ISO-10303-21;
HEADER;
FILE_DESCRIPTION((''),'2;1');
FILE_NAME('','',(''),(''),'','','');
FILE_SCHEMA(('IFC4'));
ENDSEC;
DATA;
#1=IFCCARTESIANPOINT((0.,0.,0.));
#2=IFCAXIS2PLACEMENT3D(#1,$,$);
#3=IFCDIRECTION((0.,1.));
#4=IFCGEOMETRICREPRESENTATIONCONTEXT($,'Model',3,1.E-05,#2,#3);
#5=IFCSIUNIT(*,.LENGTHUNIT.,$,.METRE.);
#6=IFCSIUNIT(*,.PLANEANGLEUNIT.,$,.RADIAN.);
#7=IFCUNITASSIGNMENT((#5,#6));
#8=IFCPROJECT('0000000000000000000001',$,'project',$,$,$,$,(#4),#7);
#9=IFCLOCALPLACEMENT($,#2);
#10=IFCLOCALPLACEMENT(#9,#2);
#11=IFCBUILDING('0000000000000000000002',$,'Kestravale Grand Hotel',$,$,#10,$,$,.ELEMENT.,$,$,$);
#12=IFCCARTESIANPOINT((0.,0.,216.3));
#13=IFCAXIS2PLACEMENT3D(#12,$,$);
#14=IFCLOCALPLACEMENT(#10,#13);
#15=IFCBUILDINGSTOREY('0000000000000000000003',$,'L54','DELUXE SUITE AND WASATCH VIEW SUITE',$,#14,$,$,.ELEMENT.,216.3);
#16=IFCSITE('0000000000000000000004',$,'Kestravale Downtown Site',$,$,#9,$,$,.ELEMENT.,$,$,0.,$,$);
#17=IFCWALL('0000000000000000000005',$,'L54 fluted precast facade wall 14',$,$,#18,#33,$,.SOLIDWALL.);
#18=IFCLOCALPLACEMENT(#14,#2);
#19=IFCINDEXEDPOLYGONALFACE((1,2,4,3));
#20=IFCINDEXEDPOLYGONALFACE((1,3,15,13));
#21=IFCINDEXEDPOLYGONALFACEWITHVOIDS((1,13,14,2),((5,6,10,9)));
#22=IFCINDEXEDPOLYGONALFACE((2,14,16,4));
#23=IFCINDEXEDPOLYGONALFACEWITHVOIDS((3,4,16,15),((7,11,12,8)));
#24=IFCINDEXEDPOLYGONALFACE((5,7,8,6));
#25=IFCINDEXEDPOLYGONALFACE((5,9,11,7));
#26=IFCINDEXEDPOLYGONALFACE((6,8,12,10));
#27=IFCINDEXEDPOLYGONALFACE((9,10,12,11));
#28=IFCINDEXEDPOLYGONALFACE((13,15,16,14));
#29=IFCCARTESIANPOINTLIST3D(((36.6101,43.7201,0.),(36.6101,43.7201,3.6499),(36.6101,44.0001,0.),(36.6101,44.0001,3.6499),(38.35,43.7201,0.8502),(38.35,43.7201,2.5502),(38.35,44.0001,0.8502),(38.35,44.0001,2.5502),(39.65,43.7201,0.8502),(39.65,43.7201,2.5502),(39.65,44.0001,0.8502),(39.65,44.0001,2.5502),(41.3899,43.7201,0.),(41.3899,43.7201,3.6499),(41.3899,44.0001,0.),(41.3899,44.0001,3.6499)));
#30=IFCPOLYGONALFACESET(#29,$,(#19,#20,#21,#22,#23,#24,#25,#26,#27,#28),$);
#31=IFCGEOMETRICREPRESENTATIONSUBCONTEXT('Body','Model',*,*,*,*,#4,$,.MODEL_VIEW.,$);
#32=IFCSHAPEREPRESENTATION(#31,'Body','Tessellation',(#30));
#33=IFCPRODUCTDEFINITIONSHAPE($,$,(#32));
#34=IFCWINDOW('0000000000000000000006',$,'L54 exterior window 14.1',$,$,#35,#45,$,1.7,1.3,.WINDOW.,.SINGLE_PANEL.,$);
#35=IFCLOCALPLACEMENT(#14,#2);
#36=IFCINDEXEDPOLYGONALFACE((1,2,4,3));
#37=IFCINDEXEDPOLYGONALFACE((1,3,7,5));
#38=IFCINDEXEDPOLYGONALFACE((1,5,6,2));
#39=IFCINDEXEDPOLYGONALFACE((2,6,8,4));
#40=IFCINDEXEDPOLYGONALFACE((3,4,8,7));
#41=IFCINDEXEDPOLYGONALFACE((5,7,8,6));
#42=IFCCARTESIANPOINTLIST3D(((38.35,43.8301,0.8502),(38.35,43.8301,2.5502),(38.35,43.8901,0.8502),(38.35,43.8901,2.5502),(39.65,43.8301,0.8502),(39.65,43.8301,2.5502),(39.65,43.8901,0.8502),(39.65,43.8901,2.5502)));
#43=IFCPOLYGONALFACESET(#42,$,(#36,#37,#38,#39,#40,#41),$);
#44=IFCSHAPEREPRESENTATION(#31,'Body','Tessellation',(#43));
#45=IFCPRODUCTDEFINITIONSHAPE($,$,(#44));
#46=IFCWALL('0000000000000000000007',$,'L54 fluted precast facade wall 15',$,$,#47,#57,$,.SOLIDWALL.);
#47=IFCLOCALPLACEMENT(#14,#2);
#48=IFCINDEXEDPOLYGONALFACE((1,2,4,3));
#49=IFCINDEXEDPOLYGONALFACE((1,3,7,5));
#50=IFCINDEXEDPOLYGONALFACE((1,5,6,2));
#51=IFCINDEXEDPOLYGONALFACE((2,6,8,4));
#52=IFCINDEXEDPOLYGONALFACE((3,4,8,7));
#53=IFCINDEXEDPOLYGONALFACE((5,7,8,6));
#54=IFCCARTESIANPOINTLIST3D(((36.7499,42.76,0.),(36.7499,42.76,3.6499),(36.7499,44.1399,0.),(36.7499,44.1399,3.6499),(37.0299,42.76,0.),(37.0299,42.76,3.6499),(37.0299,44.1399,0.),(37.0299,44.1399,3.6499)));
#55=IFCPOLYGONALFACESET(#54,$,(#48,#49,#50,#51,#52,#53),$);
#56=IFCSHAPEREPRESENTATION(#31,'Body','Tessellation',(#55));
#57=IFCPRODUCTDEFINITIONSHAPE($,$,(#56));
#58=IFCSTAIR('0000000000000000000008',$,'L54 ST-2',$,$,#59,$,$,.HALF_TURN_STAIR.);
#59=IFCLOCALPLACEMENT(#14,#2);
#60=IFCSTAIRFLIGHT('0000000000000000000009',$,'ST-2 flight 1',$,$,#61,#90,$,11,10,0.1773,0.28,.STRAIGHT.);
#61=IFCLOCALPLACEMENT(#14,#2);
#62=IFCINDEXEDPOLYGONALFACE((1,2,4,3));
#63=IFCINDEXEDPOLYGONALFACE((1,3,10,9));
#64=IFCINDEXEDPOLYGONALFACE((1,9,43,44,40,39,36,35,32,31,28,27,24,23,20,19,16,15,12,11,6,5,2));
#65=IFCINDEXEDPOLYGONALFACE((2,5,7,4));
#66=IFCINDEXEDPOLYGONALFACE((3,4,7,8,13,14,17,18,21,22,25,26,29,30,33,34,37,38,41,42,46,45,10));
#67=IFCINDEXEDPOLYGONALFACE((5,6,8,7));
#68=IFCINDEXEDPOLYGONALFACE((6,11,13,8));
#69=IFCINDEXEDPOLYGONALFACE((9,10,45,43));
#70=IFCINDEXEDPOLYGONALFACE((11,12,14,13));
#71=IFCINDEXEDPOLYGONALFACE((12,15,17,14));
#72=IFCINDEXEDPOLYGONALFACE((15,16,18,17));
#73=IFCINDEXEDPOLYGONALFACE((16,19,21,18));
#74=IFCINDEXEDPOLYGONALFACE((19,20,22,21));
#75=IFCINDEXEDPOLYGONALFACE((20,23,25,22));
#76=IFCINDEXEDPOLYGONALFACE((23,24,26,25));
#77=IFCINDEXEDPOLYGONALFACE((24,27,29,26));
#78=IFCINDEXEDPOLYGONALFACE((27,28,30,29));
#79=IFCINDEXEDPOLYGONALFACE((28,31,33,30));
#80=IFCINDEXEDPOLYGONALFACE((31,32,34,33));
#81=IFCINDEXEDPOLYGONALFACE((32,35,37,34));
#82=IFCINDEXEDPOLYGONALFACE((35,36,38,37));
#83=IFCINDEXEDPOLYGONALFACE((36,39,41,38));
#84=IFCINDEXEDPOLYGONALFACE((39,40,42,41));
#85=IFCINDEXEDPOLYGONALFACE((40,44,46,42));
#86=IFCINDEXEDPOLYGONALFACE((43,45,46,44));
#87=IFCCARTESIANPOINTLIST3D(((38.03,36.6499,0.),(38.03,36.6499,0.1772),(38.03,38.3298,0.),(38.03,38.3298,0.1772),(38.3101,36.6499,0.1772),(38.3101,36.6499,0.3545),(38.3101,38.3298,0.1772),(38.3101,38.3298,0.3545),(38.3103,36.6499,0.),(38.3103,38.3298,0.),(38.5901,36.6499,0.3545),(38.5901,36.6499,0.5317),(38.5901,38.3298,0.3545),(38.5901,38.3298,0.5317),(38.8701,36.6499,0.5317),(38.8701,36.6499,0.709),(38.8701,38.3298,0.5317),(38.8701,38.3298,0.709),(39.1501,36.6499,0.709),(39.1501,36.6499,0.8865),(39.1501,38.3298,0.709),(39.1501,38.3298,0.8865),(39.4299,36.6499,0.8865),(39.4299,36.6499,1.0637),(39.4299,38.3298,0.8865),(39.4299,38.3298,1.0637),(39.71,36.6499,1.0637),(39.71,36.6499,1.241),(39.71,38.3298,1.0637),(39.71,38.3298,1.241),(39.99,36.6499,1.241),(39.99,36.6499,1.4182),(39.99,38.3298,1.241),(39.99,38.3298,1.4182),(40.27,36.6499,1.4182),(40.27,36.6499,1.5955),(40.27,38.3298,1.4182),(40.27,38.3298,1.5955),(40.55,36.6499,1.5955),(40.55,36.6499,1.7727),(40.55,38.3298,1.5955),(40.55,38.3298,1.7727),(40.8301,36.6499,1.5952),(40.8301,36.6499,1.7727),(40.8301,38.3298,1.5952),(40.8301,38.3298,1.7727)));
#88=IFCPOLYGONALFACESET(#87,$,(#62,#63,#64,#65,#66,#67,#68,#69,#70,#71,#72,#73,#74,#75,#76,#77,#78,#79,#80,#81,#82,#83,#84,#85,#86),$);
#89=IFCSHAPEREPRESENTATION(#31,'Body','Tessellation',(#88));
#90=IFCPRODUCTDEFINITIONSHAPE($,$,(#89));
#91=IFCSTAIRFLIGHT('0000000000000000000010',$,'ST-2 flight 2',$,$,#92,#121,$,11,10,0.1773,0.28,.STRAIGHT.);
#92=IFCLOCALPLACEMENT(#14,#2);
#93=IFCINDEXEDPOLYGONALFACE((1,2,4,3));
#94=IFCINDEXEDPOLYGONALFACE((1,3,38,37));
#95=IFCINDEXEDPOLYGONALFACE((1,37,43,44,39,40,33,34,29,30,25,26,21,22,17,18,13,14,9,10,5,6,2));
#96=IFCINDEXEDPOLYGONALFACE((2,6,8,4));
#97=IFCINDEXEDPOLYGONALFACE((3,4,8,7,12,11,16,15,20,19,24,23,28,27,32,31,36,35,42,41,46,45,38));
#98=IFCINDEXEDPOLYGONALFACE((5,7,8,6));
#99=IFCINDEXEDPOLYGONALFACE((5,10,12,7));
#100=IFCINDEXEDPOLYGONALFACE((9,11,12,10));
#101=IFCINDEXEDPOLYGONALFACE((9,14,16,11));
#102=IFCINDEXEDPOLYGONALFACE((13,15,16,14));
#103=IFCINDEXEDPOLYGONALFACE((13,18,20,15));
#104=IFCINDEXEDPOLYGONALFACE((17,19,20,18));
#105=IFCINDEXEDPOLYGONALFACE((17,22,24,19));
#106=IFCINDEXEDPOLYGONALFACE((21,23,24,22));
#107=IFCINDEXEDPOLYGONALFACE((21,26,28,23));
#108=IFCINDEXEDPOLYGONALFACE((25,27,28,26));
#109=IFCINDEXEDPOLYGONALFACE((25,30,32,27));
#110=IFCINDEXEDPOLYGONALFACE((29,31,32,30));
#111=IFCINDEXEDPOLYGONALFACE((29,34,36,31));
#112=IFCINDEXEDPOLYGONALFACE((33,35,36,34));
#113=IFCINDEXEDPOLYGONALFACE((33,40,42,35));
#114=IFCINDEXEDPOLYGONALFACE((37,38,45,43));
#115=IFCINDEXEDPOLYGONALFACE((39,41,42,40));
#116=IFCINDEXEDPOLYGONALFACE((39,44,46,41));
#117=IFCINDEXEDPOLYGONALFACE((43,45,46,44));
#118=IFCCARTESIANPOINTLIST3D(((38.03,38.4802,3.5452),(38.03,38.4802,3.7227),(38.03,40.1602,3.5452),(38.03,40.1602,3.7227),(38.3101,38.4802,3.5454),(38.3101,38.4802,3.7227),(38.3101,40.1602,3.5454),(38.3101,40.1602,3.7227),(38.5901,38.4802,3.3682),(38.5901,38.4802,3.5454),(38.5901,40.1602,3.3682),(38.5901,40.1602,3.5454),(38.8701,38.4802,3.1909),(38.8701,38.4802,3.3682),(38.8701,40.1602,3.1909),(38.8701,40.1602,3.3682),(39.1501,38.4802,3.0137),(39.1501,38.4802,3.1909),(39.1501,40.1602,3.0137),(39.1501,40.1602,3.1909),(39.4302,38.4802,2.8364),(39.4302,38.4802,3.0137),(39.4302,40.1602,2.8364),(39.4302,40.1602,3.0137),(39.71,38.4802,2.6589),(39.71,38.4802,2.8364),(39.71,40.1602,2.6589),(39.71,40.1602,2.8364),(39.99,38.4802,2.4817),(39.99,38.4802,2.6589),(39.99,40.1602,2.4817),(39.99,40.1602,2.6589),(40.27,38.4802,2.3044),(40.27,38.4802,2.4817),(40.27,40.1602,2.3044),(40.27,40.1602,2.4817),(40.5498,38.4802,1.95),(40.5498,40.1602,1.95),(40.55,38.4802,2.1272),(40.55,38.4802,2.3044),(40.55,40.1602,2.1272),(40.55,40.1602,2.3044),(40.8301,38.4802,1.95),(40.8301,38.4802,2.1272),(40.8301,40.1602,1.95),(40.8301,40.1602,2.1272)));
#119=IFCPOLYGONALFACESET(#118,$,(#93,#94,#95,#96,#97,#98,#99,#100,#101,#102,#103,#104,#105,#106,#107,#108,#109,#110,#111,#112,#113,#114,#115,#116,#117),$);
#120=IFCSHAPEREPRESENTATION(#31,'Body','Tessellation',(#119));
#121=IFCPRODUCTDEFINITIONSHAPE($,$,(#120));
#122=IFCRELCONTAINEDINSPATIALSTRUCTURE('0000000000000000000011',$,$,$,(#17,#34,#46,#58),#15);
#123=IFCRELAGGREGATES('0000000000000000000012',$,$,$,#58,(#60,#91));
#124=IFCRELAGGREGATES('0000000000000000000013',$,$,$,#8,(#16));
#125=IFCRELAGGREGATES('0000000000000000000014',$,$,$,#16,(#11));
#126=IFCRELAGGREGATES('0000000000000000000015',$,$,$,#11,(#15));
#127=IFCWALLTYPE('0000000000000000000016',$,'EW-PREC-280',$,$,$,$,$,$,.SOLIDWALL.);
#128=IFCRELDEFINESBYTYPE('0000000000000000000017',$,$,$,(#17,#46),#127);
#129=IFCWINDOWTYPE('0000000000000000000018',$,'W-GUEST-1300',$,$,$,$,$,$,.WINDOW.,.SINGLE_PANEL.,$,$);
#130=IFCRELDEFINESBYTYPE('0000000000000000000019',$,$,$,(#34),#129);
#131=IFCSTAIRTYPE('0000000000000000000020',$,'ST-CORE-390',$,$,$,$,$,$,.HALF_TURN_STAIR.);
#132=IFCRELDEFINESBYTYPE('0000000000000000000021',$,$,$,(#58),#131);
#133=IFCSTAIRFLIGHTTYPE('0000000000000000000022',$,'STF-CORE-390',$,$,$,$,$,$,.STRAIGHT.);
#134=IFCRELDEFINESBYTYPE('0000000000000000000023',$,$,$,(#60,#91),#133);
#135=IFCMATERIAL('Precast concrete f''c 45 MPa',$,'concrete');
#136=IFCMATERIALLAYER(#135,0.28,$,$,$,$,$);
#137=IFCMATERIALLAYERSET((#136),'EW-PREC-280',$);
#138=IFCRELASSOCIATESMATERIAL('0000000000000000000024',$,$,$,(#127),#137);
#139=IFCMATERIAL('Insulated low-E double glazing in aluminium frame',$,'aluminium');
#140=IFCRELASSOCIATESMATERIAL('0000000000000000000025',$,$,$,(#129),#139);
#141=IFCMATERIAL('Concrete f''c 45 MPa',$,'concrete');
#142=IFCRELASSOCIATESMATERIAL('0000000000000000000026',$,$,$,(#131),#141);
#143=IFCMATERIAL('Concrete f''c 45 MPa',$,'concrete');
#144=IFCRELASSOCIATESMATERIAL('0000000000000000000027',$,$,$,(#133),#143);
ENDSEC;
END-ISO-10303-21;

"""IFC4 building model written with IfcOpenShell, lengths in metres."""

from ifc_helpers import new_model, si_unit, direction, frame, frame_2d, origin, place, context, subcontext, project, spatial, polyline, rectangle, outline, extrude, material, layer, layer_set, type_object, element, fill, aggregate, save


model = new_model("IFC4")

# Units and contexts
model_context = context("Model", 3, precision=1e-05, world=origin(), true_north=direction((0.0, 1.0)))
body_context = subcontext(model_context, "Body", "Model", "MODEL_VIEW")
ifc_project = project(units=[si_unit("LENGTHUNIT", "METRE"), si_unit("PLANEANGLEUNIT", "RADIAN")], contexts=[model_context])

# Site, building, storey
site_placement = place(None, origin())
site = spatial("IfcSite", under=ifc_project, at=site_placement, Name="Kestravale Downtown Site", CompositionType="ELEMENT", RefElevation=0.0)
building_placement = place(site_placement, origin())
building = spatial("IfcBuilding", under=site, at=building_placement, Name="Kestravale Grand Hotel", CompositionType="ELEMENT")
storey_placement = place(building_placement, frame((0.0, 0.0, 216.3)))
storey = spatial("IfcBuildingStorey", under=building, at=storey_placement, Name="L54", Description="DELUXE SUITE AND WASATCH VIEW SUITE", CompositionType="ELEMENT", Elevation=216.3)

# Shared definitions
ifc_material_1 = material(Name="Precast concrete f'c 45 MPa", Category="concrete")
ifc_layer_1 = layer(ifc_material_1, 0.28)
ifc_layer_set_1 = layer_set([ifc_layer_1], Name="EW-PREC-280")
wall_type_1 = type_object("IfcWallType", Name="EW-PREC-280", PredefinedType="SOLIDWALL", material=ifc_layer_set_1)

# Wall, opening, window
ifc_material_2 = material(Name="Insulated low-E double glazing in aluminium frame", Category="aluminium")
window_type = type_object("IfcWindowType", Name="W-GUEST-1300", PartitioningType="SINGLE_PANEL", PredefinedType="WINDOW", material=ifc_material_2)
wall_1_placement = place(storey_placement, frame((41.3899, 43.8601, 0.0), z_axis=(0.0, 0.0, 1.0), x_axis=(-1.0, 0.0, 0.0)))
wall_1 = element("IfcWall", 1, at=wall_1_placement, inside=storey, type_object=wall_type_1, Name="L54 fluted precast facade wall 14", PredefinedType="SOLIDWALL", context=body_context, shape_type="SweptSolid", body=[
    extrude(rectangle(XDim=4.7798, YDim=0.28, at=frame_2d((2.3899, 0.0))), origin(), (0.0, 0.0, 1.0), 3.6499),
])
opening_1_placement = place(wall_1_placement, frame((1.74, 0.0, 0.8501)))
opening_1 = element("IfcOpeningElement", 2, at=opening_1_placement, cuts=wall_1, PredefinedType="OPENING", context=body_context, shape_type="SweptSolid", body=[
    extrude(rectangle(XDim=1.3, YDim=1.7, at=frame_2d((0.6499, 0.8501))), frame((0.0, 0.1499, 0.0), z_axis=(0.0, -1.0, 0.0), x_axis=(1.0, 0.0, 0.0)), (0.0, 0.0, 1.0), 0.3),
])
window_1_placement = place(opening_1_placement, origin())
window_1 = element("IfcWindow", 3, at=window_1_placement, inside=storey, type_object=window_type, Name="L54 exterior window 14.1", OverallHeight=1.7, OverallWidth=1.3, PartitioningType="SINGLE_PANEL", PredefinedType="WINDOW", context=body_context, shape_type="SweptSolid", body=[
    extrude(rectangle(XDim=1.3, YDim=1.7, at=frame_2d((0.6499, 0.8501))), frame((0.0, 0.03, 0.0), z_axis=(0.0, -1.0, 0.0), x_axis=(1.0, 0.0, 0.0)), (0.0, 0.0, 1.0), 0.0601),
])
fill(opening_1, window_1)

# Wall
wall_2_placement = place(storey_placement, frame((36.8899, 44.1399, 0.0), z_axis=(0.0, 0.0, 1.0), x_axis=(0.0, -1.0, 0.0)))
element("IfcWall", 4, at=wall_2_placement, inside=storey, type_object=wall_type_1, Name="L54 fluted precast facade wall 15", PredefinedType="SOLIDWALL", context=body_context, shape_type="SweptSolid", body=[
    extrude(rectangle(XDim=1.3799, YDim=0.28, at=frame_2d((0.6899, 0.0))), origin(), (0.0, 0.0, 1.0), 3.6499),
])

# Stair, stair flights
ifc_material_3 = material(Name="Concrete f'c 45 MPa", Category="concrete")
stair_type = type_object("IfcStairType", Name="ST-CORE-390", PredefinedType="HALF_TURN_STAIR", material=ifc_material_3)
stair_placement = place(storey_placement, origin())
stair = element("IfcStair", 5, at=stair_placement, inside=storey, type_object=stair_type, Name="L54 ST-2", PredefinedType="HALF_TURN_STAIR")
ifc_material_4 = material(Name="Concrete f'c 45 MPa", Category="concrete")
stair_flight_type = type_object("IfcStairFlightType", Name="STF-CORE-390", PredefinedType="STRAIGHT", material=ifc_material_4)
stair_flight_1_placement = place(storey_placement, frame((38.03, 37.49, 0.0), z_axis=(0.0, 0.0, 1.0), x_axis=(1.0, 0.0, 0.0)))
stair_flight_1 = element("IfcStairFlight", 6, at=stair_flight_1_placement, type_object=stair_flight_type, Name="ST-2 flight 1", NumberOfRisers=11, NumberOfTreads=10, PredefinedType="STRAIGHT", RiserHeight=0.1773, TreadLength=0.28, context=body_context, shape_type="SweptSolid", body=[
    extrude(outline(polyline([(0.0, 0.0), (0.0, 0.1772), (0.28, 0.1772), (0.28, 0.3545), (0.5601, 0.3545), (0.5601, 0.5317), (0.8401, 0.5317), (0.8401, 0.709), (1.1201, 0.709), (1.1201, 0.8865), (1.3999, 0.8865), (1.3999, 1.0637), (1.6799, 1.0637), (1.6799, 1.241), (1.96, 1.241), (1.96, 1.4182), (2.24, 1.4182), (2.24, 1.5955), (2.52, 1.5955), (2.52, 1.7727), (2.8, 1.7727), (2.8, 1.95), (2.8, 1.5952), (0.2803, 0.0), (0.0, 0.0)])), frame((0.0, 0.8398, 0.0), z_axis=(0.0, -1.0, 0.0), x_axis=(1.0, 0.0, 0.0)), (0.0, 0.0, 1.0), 1.6799),
])
stair_flight_2_placement = place(storey_placement, frame((40.8301, 39.3201, 1.95), z_axis=(0.0, 0.0, 1.0), x_axis=(-1.0, 0.0, 0.0)))
stair_flight_2 = element("IfcStairFlight", 7, at=stair_flight_2_placement, type_object=stair_flight_type, Name="ST-2 flight 2", NumberOfRisers=11, NumberOfTreads=10, PredefinedType="STRAIGHT", RiserHeight=0.1773, TreadLength=0.28, context=body_context, shape_type="SweptSolid", body=[
    extrude(outline(polyline([(0.0, 0.0), (0.0, 0.1772), (0.28, 0.1772), (0.28, 0.3545), (0.5601, 0.3545), (0.5601, 0.5317), (0.8401, 0.5317), (0.8401, 0.709), (1.1201, 0.709), (1.1201, 0.8865), (1.3999, 0.8865), (1.3999, 1.0637), (1.6799, 1.0637), (1.6799, 1.241), (1.96, 1.241), (1.96, 1.4182), (2.24, 1.4182), (2.24, 1.5955), (2.52, 1.5955), (2.52, 1.7727), (2.8, 1.7727), (2.8, 1.95), (2.8, 1.5952), (0.2803, 0.0), (0.0, 0.0)])), frame((0.0, 0.8398, 0.0), z_axis=(0.0, -1.0, 0.0), x_axis=(1.0, 0.0, 0.0)), (0.0, 0.0, 1.0), 1.6799),
])
aggregate(stair, [stair_flight_1, stair_flight_2])

save(model, "model.ifc")
